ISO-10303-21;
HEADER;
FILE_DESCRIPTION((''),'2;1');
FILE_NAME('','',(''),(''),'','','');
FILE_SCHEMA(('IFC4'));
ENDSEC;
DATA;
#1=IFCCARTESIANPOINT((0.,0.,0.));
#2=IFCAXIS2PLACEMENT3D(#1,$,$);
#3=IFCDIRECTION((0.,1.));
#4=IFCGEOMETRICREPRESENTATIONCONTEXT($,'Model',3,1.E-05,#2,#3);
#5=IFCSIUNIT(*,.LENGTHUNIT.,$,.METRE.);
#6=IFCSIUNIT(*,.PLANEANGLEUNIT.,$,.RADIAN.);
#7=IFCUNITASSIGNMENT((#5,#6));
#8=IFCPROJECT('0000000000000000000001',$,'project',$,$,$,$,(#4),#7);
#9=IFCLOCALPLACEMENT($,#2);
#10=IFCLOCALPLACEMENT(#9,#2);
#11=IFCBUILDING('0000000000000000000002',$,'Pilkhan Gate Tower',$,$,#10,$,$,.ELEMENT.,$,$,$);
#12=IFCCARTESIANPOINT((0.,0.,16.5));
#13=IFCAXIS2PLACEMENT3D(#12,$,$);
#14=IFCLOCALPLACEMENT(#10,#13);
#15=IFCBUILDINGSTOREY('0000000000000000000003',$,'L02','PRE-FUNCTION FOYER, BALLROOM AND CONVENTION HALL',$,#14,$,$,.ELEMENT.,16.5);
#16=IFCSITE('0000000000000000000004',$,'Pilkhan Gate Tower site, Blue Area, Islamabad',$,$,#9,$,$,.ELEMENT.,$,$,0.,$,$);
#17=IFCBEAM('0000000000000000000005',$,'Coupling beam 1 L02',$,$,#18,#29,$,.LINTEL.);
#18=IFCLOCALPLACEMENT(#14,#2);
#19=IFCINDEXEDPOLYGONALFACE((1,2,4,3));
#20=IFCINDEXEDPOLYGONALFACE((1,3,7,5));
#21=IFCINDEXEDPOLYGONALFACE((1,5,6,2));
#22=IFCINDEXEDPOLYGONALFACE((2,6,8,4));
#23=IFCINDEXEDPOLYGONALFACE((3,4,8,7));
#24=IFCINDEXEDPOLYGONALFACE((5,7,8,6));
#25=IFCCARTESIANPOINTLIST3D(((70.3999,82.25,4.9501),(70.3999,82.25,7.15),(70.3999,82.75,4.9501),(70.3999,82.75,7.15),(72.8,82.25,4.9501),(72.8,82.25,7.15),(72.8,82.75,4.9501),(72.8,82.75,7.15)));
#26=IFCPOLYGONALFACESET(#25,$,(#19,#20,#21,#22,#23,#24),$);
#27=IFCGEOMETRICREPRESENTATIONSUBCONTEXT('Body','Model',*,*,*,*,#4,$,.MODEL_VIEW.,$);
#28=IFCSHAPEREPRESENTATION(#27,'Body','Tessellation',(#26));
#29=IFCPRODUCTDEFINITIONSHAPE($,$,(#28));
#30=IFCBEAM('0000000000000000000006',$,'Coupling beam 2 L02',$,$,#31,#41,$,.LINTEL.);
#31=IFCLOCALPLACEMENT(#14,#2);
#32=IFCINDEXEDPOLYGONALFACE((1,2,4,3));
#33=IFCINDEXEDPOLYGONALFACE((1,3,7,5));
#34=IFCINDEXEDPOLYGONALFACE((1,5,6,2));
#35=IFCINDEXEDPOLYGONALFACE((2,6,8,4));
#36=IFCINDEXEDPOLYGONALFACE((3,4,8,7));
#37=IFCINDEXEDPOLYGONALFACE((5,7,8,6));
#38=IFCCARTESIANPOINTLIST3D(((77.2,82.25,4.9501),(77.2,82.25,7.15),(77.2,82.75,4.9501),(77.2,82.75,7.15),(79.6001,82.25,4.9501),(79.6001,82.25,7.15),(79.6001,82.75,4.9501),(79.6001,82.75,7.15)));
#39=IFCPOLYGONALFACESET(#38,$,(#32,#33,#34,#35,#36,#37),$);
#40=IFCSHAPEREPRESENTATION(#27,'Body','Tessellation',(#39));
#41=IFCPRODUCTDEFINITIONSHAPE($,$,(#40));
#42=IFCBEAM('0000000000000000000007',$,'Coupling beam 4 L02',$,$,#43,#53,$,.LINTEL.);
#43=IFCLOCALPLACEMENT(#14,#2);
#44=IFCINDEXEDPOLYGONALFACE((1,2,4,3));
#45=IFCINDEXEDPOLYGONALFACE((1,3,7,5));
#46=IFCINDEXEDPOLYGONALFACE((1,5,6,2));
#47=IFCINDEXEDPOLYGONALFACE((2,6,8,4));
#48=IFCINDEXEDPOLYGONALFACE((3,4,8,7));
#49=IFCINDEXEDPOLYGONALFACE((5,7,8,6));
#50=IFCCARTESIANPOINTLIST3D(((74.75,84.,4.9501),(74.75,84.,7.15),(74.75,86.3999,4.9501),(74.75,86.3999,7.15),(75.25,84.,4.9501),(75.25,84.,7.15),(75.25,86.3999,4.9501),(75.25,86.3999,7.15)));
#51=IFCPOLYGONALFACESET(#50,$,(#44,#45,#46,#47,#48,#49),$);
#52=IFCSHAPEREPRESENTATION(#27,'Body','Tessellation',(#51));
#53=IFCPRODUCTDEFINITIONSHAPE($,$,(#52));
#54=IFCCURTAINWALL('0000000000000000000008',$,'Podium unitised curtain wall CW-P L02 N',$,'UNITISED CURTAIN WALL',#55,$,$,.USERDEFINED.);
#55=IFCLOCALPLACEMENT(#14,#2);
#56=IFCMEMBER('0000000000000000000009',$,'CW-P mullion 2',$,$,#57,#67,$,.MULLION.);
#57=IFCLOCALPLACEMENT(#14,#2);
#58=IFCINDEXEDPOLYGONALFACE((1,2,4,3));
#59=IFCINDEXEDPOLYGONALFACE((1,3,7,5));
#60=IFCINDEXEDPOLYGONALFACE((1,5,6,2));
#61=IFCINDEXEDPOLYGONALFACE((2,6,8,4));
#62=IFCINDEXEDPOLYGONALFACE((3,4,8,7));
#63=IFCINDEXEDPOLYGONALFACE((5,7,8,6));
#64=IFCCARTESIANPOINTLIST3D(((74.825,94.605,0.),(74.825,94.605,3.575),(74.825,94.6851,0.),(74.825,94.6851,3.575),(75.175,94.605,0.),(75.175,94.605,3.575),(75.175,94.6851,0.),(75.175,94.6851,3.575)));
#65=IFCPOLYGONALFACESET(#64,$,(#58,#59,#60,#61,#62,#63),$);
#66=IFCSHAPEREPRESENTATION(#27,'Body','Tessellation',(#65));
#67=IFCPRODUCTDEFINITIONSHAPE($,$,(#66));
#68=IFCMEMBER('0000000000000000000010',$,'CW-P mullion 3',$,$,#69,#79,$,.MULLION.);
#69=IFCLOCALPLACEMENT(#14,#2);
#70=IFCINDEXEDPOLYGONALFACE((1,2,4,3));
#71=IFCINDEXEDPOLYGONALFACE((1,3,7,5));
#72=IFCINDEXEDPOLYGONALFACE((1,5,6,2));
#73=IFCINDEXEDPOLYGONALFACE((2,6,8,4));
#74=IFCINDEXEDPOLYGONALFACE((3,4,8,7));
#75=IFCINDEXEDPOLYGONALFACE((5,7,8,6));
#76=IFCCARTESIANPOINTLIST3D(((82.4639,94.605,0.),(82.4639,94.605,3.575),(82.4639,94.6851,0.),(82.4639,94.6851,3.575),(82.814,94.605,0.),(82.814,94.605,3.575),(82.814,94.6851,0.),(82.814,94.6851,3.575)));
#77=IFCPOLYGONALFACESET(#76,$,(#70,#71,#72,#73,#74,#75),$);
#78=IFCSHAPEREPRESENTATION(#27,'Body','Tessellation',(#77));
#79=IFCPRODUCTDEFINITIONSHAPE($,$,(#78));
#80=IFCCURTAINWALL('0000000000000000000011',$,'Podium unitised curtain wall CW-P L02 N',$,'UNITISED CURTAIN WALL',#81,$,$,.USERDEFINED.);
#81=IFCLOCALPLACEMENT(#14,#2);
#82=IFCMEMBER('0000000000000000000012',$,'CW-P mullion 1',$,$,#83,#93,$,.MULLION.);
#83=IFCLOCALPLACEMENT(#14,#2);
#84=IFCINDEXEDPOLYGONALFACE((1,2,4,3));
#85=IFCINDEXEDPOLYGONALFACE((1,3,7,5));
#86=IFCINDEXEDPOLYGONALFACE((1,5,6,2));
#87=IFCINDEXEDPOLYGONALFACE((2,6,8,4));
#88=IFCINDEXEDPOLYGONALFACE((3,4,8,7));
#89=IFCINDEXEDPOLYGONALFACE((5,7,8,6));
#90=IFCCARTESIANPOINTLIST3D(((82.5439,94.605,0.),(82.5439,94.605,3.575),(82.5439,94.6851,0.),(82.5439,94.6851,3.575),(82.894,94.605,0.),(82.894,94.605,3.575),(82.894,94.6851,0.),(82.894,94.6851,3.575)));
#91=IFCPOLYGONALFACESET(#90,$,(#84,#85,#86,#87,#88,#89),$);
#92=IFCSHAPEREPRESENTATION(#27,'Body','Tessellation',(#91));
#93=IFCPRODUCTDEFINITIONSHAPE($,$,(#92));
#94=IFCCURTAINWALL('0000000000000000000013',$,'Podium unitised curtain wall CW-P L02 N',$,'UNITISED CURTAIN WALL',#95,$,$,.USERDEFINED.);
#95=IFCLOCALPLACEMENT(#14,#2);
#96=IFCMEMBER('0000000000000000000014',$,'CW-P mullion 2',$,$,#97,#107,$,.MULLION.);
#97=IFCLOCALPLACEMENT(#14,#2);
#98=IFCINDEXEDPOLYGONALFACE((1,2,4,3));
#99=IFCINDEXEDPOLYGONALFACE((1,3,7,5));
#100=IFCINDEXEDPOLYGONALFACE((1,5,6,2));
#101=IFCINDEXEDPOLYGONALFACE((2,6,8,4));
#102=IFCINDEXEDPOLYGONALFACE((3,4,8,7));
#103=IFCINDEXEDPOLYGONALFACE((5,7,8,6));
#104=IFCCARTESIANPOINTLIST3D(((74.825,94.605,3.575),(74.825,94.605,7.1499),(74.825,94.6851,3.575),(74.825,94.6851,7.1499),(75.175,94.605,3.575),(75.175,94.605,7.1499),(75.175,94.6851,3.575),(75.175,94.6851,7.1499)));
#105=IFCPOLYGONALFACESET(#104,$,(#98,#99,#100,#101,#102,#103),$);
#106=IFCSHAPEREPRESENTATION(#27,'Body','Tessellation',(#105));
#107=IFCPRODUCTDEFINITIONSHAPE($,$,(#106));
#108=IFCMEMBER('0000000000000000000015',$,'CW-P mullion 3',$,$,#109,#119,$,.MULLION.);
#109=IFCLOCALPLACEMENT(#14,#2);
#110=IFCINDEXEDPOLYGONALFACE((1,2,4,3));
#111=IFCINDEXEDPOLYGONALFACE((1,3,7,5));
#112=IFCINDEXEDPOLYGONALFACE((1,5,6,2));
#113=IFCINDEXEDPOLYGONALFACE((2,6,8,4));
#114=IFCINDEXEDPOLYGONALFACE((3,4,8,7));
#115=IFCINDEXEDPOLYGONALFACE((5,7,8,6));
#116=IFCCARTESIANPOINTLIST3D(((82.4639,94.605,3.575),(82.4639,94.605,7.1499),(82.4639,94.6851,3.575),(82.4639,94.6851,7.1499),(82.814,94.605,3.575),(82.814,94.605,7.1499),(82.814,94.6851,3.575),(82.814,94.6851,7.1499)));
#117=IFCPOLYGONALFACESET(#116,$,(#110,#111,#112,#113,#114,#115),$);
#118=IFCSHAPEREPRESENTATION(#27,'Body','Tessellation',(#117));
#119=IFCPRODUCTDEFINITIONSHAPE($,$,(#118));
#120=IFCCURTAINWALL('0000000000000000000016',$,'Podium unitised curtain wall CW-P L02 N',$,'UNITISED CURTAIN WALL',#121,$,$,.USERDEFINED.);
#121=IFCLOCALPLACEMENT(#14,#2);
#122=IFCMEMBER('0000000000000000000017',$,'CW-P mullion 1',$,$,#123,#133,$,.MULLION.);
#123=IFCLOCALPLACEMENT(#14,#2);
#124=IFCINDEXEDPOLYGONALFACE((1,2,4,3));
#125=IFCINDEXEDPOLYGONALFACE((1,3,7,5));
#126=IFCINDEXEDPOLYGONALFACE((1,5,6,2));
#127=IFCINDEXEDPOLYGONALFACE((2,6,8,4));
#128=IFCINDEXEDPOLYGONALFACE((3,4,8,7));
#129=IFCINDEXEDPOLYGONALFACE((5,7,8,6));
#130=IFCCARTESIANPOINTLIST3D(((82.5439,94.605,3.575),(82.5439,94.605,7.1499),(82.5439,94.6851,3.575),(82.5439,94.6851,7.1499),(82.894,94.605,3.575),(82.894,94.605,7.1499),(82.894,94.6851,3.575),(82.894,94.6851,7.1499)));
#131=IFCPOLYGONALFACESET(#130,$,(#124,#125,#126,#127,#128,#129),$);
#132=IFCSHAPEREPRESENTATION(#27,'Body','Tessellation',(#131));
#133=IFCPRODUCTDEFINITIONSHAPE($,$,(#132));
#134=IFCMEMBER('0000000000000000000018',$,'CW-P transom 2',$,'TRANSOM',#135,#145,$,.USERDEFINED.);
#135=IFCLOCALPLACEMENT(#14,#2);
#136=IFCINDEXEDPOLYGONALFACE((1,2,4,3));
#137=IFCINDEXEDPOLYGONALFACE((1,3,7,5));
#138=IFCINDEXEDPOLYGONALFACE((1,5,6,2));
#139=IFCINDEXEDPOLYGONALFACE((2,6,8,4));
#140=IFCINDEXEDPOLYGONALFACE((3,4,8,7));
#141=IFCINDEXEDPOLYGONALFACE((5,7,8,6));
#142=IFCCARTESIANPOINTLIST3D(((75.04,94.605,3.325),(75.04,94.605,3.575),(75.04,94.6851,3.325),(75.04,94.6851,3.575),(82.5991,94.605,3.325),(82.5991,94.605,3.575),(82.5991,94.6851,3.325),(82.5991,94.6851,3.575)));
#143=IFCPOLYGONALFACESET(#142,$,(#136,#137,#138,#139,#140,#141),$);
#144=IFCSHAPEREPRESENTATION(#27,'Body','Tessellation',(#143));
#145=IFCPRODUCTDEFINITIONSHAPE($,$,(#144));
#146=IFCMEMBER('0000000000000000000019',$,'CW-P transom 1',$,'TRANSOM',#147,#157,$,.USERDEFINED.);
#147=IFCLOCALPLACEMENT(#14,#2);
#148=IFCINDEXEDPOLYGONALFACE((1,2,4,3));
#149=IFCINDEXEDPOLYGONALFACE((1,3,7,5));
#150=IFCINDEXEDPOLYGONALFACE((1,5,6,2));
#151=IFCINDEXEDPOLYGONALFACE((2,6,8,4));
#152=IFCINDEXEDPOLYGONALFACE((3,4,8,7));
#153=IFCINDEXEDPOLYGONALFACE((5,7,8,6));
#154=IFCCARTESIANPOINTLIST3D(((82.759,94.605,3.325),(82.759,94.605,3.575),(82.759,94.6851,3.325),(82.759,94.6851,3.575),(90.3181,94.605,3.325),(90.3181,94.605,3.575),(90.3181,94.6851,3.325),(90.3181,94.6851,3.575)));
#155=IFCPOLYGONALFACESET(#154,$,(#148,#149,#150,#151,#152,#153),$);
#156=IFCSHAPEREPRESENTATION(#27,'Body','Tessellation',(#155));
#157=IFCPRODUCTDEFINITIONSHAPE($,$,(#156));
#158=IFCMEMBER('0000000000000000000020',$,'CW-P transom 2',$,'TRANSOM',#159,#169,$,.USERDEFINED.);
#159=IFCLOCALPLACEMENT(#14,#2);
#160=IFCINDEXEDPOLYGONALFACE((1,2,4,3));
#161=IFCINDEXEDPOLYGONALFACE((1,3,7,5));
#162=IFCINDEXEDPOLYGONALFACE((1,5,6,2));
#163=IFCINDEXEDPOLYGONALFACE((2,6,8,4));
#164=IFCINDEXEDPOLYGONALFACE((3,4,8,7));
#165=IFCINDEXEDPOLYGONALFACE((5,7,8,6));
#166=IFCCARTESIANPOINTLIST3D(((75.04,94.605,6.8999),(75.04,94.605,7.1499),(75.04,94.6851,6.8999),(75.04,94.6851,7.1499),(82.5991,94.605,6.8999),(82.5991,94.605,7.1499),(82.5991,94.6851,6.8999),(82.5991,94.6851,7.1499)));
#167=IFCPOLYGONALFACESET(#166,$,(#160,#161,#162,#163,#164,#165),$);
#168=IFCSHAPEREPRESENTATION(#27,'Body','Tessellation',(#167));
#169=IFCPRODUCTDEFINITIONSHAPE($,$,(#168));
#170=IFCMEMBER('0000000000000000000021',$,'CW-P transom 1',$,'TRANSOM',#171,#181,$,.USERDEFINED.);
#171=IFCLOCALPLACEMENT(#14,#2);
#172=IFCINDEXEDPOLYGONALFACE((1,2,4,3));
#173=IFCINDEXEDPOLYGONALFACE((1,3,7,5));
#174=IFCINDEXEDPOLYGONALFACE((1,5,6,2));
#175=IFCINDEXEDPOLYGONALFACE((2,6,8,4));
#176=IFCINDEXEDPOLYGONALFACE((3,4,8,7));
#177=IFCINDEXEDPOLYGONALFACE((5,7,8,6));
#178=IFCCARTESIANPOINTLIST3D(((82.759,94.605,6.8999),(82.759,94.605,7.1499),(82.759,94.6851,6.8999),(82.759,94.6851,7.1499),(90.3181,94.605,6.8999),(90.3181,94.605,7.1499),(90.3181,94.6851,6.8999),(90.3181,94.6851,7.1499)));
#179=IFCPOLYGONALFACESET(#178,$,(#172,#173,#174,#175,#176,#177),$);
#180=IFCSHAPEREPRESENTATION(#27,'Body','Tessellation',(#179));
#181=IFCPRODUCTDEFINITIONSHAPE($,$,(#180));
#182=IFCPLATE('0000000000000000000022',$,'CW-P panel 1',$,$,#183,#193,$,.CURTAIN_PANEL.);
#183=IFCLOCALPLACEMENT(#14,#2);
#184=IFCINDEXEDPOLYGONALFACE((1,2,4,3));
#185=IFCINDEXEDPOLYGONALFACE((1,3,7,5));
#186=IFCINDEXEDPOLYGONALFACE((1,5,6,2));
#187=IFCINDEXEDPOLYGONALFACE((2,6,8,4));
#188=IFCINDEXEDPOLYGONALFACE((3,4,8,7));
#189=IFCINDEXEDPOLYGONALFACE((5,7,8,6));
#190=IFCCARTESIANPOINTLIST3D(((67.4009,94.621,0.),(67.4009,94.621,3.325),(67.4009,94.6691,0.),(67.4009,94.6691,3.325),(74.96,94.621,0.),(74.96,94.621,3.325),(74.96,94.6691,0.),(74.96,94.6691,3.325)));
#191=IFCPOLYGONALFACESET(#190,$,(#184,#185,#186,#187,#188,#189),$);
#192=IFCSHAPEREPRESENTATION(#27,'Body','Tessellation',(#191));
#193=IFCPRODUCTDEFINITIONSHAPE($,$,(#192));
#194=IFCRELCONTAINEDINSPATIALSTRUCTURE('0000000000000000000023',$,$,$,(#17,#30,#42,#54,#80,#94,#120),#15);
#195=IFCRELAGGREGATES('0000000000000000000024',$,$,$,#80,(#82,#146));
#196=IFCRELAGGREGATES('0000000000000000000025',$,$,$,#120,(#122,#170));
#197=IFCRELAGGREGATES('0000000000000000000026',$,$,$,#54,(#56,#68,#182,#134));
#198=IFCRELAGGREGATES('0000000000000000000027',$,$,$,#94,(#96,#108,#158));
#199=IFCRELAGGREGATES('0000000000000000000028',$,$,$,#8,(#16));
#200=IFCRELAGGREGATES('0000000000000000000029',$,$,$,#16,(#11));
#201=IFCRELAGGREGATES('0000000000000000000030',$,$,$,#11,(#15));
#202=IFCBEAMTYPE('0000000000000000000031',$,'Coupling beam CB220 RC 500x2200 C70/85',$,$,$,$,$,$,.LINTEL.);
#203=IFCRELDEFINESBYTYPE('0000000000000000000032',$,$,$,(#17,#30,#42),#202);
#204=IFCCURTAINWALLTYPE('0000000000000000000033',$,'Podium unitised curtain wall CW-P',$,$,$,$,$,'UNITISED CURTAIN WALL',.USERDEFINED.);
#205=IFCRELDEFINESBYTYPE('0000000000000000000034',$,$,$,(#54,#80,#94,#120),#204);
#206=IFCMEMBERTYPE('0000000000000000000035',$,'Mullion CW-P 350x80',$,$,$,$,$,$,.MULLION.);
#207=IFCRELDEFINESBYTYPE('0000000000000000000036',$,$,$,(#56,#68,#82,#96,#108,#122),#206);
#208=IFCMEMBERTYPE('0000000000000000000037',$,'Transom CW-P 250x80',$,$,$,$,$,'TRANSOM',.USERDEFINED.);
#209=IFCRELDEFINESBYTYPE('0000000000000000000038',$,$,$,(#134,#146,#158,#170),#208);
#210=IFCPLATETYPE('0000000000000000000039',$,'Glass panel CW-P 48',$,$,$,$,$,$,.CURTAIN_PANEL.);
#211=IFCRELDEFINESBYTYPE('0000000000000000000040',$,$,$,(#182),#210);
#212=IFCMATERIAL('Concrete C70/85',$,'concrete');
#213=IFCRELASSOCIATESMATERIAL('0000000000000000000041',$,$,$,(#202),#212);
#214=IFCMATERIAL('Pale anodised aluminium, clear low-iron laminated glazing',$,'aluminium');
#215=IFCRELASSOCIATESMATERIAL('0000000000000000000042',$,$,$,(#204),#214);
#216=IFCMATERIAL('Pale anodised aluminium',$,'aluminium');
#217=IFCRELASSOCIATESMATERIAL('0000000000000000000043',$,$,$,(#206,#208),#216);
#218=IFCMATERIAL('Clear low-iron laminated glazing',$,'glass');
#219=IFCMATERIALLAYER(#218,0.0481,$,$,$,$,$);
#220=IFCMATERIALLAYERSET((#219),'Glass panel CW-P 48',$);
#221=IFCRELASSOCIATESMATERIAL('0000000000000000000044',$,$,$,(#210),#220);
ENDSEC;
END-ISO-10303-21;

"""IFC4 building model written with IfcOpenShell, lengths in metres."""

from ifc_helpers import new_model, si_unit, direction, frame, origin, origin_2d, place, context, subcontext, project, spatial, rectangle, extrude, material, layer, layer_set, material_profile, profile_set, type_object, element, aggregate, save


model = new_model("IFC4")

# Units and contexts
model_context = context("Model", 3, precision=1e-05, world=origin(), true_north=direction((0.0, 1.0)))
body_context = subcontext(model_context, "Body", "Model", "MODEL_VIEW")
ifc_project = project(units=[si_unit("LENGTHUNIT", "METRE"), si_unit("PLANEANGLEUNIT", "RADIAN")], contexts=[model_context])

# Site, building, storey
site_placement = place(None, origin())
site = spatial("IfcSite", under=ifc_project, at=site_placement, Name="Pilkhan Gate Tower site, Blue Area, Islamabad", CompositionType="ELEMENT", RefElevation=0.0)
building_placement = place(site_placement, origin())
building = spatial("IfcBuilding", under=site, at=building_placement, Name="Pilkhan Gate Tower", CompositionType="ELEMENT")
storey_placement = place(building_placement, frame((0.0, 0.0, 16.5)))
storey = spatial("IfcBuildingStorey", under=building, at=storey_placement, Name="L02", Description="PRE-FUNCTION FOYER, BALLROOM AND CONVENTION HALL", CompositionType="ELEMENT", Elevation=16.5)

# Beams
ifc_material_1 = material(Name="Concrete C70/85", Category="concrete")
ifc_material_profile_1 = material_profile(ifc_material_1, rectangle(XDim=0.5, YDim=2.2, at=origin_2d()), Name="RC 500x2200")
ifc_profile_set_1 = profile_set([ifc_material_profile_1], Name="Concrete C70/85")
beam_type = type_object("IfcBeamType", Name="Coupling beam CB220 RC 500x2200 C70/85", PredefinedType="LINTEL", material=ifc_profile_set_1)
for number, where, z_axis, x_axis, name in (
    (1, (70.3999, 82.5, 6.05), (1.0, 0.0, 0.0), (0.0, 1.0, 0.0), "Coupling beam 1 L02"),
    (2, (77.2, 82.5, 6.05), (1.0, 0.0, 0.0), (0.0, 1.0, 0.0), "Coupling beam 2 L02"),
):
    element("IfcBeam", number, at=place(storey_placement, frame(where, z_axis=z_axis, x_axis=x_axis)), inside=storey, type_object=beam_type, Name=name, PredefinedType="LINTEL", context=body_context, shape_type="SweptSolid", body=[
        extrude(rectangle(XDim=0.5, YDim=2.2, at=origin_2d()), origin(), (0.0, 0.0, 1.0), 2.4001),
    ])
beam_placement = place(storey_placement, frame((75.0, 84.0, 6.05), z_axis=(0.0, 1.0, 0.0), x_axis=(-1.0, 0.0, 0.0)))
element("IfcBeam", 3, at=beam_placement, inside=storey, type_object=beam_type, Name="Coupling beam 4 L02", PredefinedType="LINTEL", context=body_context, shape_type="SweptSolid", body=[
    extrude(rectangle(XDim=0.5, YDim=2.2, at=origin_2d()), origin(), (0.0, 0.0, 1.0), 2.3999),
])

# Curtain wall, members
ifc_material_2 = material(Name="Pale anodised aluminium, clear low-iron laminated glazing", Category="aluminium")
curtain_wall_type = type_object("IfcCurtainWallType", Name="Podium unitised curtain wall CW-P", ElementType="UNITISED CURTAIN WALL", PredefinedType="USERDEFINED", material=ifc_material_2)
curtain_wall_1_placement = place(storey_placement, origin())
curtain_wall_1 = element("IfcCurtainWall", 4, at=curtain_wall_1_placement, inside=storey, type_object=curtain_wall_type, Name="Podium unitised curtain wall CW-P L02 N", ObjectType="UNITISED CURTAIN WALL", PredefinedType="USERDEFINED")
ifc_material_3 = material(Name="Pale anodised aluminium", Category="aluminium")
ifc_material_profile_2 = material_profile(ifc_material_3, rectangle(XDim=0.0801, YDim=0.3501, at=origin_2d()), Name="Mullion 350x80")
ifc_profile_set_2 = profile_set([ifc_material_profile_2], Name="Pale anodised aluminium")
member_type_1 = type_object("IfcMemberType", Name="Mullion CW-P 350x80", PredefinedType="MULLION", material=ifc_profile_set_2)
member_1_placement = place(storey_placement, frame((75.0, 94.645, 0.0), z_axis=(0.0, 0.0, 1.0), x_axis=(0.0, 1.0, 0.0)))
member_1 = element("IfcMember", 5, at=member_1_placement, type_object=member_type_1, Name="CW-P mullion 2", PredefinedType="MULLION", context=body_context, shape_type="SweptSolid", body=[
    extrude(rectangle(XDim=0.0801, YDim=0.3501, at=origin_2d()), origin(), (0.0, 0.0, 1.0), 3.575),
])
member_2_placement = place(storey_placement, frame((82.6389, 94.645, 0.0), z_axis=(0.0, 0.0, 1.0), x_axis=(0.0, 1.0, 0.0)))
member_2 = element("IfcMember", 6, at=member_2_placement, type_object=member_type_1, Name="CW-P mullion 3", PredefinedType="MULLION", context=body_context, shape_type="SweptSolid", body=[
    extrude(rectangle(XDim=0.0801, YDim=0.3501, at=origin_2d()), origin(), (0.0, 0.0, 1.0), 3.575),
])

# Curtain wall, member
curtain_wall_2_placement = place(storey_placement, origin())
curtain_wall_2 = element("IfcCurtainWall", 7, at=curtain_wall_2_placement, inside=storey, type_object=curtain_wall_type, Name="Podium unitised curtain wall CW-P L02 N", ObjectType="UNITISED CURTAIN WALL", PredefinedType="USERDEFINED")
member_3_placement = place(storey_placement, frame((82.719, 94.645, 0.0), z_axis=(0.0, 0.0, 1.0), x_axis=(0.0, 1.0, 0.0)))
member_3 = element("IfcMember", 8, at=member_3_placement, type_object=member_type_1, Name="CW-P mullion 1", PredefinedType="MULLION", context=body_context, shape_type="SweptSolid", body=[
    extrude(rectangle(XDim=0.0801, YDim=0.3501, at=origin_2d()), origin(), (0.0, 0.0, 1.0), 3.575),
])

# Curtain wall, members
curtain_wall_3_placement = place(storey_placement, origin())
curtain_wall_3 = element("IfcCurtainWall", 9, at=curtain_wall_3_placement, inside=storey, type_object=curtain_wall_type, Name="Podium unitised curtain wall CW-P L02 N", ObjectType="UNITISED CURTAIN WALL", PredefinedType="USERDEFINED")
member_4_placement = place(storey_placement, frame((75.0, 94.645, 3.575), z_axis=(0.0, 0.0, 1.0), x_axis=(0.0, 1.0, 0.0)))
member_4 = element("IfcMember", 10, at=member_4_placement, type_object=member_type_1, Name="CW-P mullion 2", PredefinedType="MULLION", context=body_context, shape_type="SweptSolid", body=[
    extrude(rectangle(XDim=0.0801, YDim=0.3501, at=origin_2d()), origin(), (0.0, 0.0, 1.0), 3.575),
])
member_5_placement = place(storey_placement, frame((82.6389, 94.645, 3.575), z_axis=(0.0, 0.0, 1.0), x_axis=(0.0, 1.0, 0.0)))
member_5 = element("IfcMember", 11, at=member_5_placement, type_object=member_type_1, Name="CW-P mullion 3", PredefinedType="MULLION", context=body_context, shape_type="SweptSolid", body=[
    extrude(rectangle(XDim=0.0801, YDim=0.3501, at=origin_2d()), origin(), (0.0, 0.0, 1.0), 3.575),
])

# Curtain wall, member
curtain_wall_4_placement = place(storey_placement, origin())
curtain_wall_4 = element("IfcCurtainWall", 12, at=curtain_wall_4_placement, inside=storey, type_object=curtain_wall_type, Name="Podium unitised curtain wall CW-P L02 N", ObjectType="UNITISED CURTAIN WALL", PredefinedType="USERDEFINED")
member_6_placement = place(storey_placement, frame((82.719, 94.645, 3.575), z_axis=(0.0, 0.0, 1.0), x_axis=(0.0, 1.0, 0.0)))
member_6 = element("IfcMember", 13, at=member_6_placement, type_object=member_type_1, Name="CW-P mullion 1", PredefinedType="MULLION", context=body_context, shape_type="SweptSolid", body=[
    extrude(rectangle(XDim=0.0801, YDim=0.3501, at=origin_2d()), origin(), (0.0, 0.0, 1.0), 3.575),
])

# Members
ifc_material_profile_3 = material_profile(ifc_material_3, rectangle(XDim=0.0801, YDim=0.25, at=origin_2d()), Name="Transom 250x80")
ifc_profile_set_3 = profile_set([ifc_material_profile_3], Name="Pale anodised aluminium")
member_type_2 = type_object("IfcMemberType", Name="Transom CW-P 250x80", ElementType="TRANSOM", PredefinedType="USERDEFINED", material=ifc_profile_set_3)
member_7_placement = place(storey_placement, frame((75.04, 94.645, 3.45), z_axis=(1.0, 0.0, 0.0), x_axis=(0.0, 1.0, 0.0)))
member_7 = element("IfcMember", 14, at=member_7_placement, type_object=member_type_2, Name="CW-P transom 2", ObjectType="TRANSOM", PredefinedType="USERDEFINED", context=body_context, shape_type="SweptSolid", body=[
    extrude(rectangle(XDim=0.0801, YDim=0.25, at=origin_2d()), origin(), (0.0, 0.0, 1.0), 7.5591),
])
member_8_placement = place(storey_placement, frame((82.759, 94.645, 3.45), z_axis=(1.0, 0.0, 0.0), x_axis=(0.0, 1.0, 0.0)))
member_8 = element("IfcMember", 15, at=member_8_placement, type_object=member_type_2, Name="CW-P transom 1", ObjectType="TRANSOM", PredefinedType="USERDEFINED", context=body_context, shape_type="SweptSolid", body=[
    extrude(rectangle(XDim=0.0801, YDim=0.25, at=origin_2d()), origin(), (0.0, 0.0, 1.0), 7.5591),
])
aggregate(curtain_wall_2, [member_3, member_8])
member_9_placement = place(storey_placement, frame((75.04, 94.645, 7.0249), z_axis=(1.0, 0.0, 0.0), x_axis=(0.0, 1.0, 0.0)))
member_9 = element("IfcMember", 16, at=member_9_placement, type_object=member_type_2, Name="CW-P transom 2", ObjectType="TRANSOM", PredefinedType="USERDEFINED", context=body_context, shape_type="SweptSolid", body=[
    extrude(rectangle(XDim=0.0801, YDim=0.25, at=origin_2d()), origin(), (0.0, 0.0, 1.0), 7.5591),
])
member_10_placement = place(storey_placement, frame((82.759, 94.645, 7.0249), z_axis=(1.0, 0.0, 0.0), x_axis=(0.0, 1.0, 0.0)))
member_10 = element("IfcMember", 17, at=member_10_placement, type_object=member_type_2, Name="CW-P transom 1", ObjectType="TRANSOM", PredefinedType="USERDEFINED", context=body_context, shape_type="SweptSolid", body=[
    extrude(rectangle(XDim=0.0801, YDim=0.25, at=origin_2d()), origin(), (0.0, 0.0, 1.0), 7.5591),
])
aggregate(curtain_wall_4, [member_6, member_10])

# Plate
ifc_material_4 = material(Name="Clear low-iron laminated glazing", Category="glass")
ifc_layer_1 = layer(ifc_material_4, 0.0481)
ifc_layer_set_1 = layer_set([ifc_layer_1], Name="Glass panel CW-P 48")
plate_type = type_object("IfcPlateType", Name="Glass panel CW-P 48", PredefinedType="CURTAIN_PANEL", material=ifc_layer_set_1)
plate_1_placement = place(storey_placement, frame((71.1804, 94.645, 0.0), z_axis=(0.0, 0.0, 1.0), x_axis=(1.0, 0.0, 0.0)))
plate_1 = element("IfcPlate", 18, at=plate_1_placement, type_object=plate_type, Name="CW-P panel 1", PredefinedType="CURTAIN_PANEL", context=body_context, shape_type="SweptSolid", body=[
    extrude(rectangle(XDim=7.5591, YDim=0.0481, at=origin_2d()), origin(), (0.0, 0.0, 1.0), 3.325),
])
aggregate(curtain_wall_1, [member_1, member_2, plate_1, member_7])
aggregate(curtain_wall_3, [member_4, member_5, member_9])

save(model, "model.ifc")
